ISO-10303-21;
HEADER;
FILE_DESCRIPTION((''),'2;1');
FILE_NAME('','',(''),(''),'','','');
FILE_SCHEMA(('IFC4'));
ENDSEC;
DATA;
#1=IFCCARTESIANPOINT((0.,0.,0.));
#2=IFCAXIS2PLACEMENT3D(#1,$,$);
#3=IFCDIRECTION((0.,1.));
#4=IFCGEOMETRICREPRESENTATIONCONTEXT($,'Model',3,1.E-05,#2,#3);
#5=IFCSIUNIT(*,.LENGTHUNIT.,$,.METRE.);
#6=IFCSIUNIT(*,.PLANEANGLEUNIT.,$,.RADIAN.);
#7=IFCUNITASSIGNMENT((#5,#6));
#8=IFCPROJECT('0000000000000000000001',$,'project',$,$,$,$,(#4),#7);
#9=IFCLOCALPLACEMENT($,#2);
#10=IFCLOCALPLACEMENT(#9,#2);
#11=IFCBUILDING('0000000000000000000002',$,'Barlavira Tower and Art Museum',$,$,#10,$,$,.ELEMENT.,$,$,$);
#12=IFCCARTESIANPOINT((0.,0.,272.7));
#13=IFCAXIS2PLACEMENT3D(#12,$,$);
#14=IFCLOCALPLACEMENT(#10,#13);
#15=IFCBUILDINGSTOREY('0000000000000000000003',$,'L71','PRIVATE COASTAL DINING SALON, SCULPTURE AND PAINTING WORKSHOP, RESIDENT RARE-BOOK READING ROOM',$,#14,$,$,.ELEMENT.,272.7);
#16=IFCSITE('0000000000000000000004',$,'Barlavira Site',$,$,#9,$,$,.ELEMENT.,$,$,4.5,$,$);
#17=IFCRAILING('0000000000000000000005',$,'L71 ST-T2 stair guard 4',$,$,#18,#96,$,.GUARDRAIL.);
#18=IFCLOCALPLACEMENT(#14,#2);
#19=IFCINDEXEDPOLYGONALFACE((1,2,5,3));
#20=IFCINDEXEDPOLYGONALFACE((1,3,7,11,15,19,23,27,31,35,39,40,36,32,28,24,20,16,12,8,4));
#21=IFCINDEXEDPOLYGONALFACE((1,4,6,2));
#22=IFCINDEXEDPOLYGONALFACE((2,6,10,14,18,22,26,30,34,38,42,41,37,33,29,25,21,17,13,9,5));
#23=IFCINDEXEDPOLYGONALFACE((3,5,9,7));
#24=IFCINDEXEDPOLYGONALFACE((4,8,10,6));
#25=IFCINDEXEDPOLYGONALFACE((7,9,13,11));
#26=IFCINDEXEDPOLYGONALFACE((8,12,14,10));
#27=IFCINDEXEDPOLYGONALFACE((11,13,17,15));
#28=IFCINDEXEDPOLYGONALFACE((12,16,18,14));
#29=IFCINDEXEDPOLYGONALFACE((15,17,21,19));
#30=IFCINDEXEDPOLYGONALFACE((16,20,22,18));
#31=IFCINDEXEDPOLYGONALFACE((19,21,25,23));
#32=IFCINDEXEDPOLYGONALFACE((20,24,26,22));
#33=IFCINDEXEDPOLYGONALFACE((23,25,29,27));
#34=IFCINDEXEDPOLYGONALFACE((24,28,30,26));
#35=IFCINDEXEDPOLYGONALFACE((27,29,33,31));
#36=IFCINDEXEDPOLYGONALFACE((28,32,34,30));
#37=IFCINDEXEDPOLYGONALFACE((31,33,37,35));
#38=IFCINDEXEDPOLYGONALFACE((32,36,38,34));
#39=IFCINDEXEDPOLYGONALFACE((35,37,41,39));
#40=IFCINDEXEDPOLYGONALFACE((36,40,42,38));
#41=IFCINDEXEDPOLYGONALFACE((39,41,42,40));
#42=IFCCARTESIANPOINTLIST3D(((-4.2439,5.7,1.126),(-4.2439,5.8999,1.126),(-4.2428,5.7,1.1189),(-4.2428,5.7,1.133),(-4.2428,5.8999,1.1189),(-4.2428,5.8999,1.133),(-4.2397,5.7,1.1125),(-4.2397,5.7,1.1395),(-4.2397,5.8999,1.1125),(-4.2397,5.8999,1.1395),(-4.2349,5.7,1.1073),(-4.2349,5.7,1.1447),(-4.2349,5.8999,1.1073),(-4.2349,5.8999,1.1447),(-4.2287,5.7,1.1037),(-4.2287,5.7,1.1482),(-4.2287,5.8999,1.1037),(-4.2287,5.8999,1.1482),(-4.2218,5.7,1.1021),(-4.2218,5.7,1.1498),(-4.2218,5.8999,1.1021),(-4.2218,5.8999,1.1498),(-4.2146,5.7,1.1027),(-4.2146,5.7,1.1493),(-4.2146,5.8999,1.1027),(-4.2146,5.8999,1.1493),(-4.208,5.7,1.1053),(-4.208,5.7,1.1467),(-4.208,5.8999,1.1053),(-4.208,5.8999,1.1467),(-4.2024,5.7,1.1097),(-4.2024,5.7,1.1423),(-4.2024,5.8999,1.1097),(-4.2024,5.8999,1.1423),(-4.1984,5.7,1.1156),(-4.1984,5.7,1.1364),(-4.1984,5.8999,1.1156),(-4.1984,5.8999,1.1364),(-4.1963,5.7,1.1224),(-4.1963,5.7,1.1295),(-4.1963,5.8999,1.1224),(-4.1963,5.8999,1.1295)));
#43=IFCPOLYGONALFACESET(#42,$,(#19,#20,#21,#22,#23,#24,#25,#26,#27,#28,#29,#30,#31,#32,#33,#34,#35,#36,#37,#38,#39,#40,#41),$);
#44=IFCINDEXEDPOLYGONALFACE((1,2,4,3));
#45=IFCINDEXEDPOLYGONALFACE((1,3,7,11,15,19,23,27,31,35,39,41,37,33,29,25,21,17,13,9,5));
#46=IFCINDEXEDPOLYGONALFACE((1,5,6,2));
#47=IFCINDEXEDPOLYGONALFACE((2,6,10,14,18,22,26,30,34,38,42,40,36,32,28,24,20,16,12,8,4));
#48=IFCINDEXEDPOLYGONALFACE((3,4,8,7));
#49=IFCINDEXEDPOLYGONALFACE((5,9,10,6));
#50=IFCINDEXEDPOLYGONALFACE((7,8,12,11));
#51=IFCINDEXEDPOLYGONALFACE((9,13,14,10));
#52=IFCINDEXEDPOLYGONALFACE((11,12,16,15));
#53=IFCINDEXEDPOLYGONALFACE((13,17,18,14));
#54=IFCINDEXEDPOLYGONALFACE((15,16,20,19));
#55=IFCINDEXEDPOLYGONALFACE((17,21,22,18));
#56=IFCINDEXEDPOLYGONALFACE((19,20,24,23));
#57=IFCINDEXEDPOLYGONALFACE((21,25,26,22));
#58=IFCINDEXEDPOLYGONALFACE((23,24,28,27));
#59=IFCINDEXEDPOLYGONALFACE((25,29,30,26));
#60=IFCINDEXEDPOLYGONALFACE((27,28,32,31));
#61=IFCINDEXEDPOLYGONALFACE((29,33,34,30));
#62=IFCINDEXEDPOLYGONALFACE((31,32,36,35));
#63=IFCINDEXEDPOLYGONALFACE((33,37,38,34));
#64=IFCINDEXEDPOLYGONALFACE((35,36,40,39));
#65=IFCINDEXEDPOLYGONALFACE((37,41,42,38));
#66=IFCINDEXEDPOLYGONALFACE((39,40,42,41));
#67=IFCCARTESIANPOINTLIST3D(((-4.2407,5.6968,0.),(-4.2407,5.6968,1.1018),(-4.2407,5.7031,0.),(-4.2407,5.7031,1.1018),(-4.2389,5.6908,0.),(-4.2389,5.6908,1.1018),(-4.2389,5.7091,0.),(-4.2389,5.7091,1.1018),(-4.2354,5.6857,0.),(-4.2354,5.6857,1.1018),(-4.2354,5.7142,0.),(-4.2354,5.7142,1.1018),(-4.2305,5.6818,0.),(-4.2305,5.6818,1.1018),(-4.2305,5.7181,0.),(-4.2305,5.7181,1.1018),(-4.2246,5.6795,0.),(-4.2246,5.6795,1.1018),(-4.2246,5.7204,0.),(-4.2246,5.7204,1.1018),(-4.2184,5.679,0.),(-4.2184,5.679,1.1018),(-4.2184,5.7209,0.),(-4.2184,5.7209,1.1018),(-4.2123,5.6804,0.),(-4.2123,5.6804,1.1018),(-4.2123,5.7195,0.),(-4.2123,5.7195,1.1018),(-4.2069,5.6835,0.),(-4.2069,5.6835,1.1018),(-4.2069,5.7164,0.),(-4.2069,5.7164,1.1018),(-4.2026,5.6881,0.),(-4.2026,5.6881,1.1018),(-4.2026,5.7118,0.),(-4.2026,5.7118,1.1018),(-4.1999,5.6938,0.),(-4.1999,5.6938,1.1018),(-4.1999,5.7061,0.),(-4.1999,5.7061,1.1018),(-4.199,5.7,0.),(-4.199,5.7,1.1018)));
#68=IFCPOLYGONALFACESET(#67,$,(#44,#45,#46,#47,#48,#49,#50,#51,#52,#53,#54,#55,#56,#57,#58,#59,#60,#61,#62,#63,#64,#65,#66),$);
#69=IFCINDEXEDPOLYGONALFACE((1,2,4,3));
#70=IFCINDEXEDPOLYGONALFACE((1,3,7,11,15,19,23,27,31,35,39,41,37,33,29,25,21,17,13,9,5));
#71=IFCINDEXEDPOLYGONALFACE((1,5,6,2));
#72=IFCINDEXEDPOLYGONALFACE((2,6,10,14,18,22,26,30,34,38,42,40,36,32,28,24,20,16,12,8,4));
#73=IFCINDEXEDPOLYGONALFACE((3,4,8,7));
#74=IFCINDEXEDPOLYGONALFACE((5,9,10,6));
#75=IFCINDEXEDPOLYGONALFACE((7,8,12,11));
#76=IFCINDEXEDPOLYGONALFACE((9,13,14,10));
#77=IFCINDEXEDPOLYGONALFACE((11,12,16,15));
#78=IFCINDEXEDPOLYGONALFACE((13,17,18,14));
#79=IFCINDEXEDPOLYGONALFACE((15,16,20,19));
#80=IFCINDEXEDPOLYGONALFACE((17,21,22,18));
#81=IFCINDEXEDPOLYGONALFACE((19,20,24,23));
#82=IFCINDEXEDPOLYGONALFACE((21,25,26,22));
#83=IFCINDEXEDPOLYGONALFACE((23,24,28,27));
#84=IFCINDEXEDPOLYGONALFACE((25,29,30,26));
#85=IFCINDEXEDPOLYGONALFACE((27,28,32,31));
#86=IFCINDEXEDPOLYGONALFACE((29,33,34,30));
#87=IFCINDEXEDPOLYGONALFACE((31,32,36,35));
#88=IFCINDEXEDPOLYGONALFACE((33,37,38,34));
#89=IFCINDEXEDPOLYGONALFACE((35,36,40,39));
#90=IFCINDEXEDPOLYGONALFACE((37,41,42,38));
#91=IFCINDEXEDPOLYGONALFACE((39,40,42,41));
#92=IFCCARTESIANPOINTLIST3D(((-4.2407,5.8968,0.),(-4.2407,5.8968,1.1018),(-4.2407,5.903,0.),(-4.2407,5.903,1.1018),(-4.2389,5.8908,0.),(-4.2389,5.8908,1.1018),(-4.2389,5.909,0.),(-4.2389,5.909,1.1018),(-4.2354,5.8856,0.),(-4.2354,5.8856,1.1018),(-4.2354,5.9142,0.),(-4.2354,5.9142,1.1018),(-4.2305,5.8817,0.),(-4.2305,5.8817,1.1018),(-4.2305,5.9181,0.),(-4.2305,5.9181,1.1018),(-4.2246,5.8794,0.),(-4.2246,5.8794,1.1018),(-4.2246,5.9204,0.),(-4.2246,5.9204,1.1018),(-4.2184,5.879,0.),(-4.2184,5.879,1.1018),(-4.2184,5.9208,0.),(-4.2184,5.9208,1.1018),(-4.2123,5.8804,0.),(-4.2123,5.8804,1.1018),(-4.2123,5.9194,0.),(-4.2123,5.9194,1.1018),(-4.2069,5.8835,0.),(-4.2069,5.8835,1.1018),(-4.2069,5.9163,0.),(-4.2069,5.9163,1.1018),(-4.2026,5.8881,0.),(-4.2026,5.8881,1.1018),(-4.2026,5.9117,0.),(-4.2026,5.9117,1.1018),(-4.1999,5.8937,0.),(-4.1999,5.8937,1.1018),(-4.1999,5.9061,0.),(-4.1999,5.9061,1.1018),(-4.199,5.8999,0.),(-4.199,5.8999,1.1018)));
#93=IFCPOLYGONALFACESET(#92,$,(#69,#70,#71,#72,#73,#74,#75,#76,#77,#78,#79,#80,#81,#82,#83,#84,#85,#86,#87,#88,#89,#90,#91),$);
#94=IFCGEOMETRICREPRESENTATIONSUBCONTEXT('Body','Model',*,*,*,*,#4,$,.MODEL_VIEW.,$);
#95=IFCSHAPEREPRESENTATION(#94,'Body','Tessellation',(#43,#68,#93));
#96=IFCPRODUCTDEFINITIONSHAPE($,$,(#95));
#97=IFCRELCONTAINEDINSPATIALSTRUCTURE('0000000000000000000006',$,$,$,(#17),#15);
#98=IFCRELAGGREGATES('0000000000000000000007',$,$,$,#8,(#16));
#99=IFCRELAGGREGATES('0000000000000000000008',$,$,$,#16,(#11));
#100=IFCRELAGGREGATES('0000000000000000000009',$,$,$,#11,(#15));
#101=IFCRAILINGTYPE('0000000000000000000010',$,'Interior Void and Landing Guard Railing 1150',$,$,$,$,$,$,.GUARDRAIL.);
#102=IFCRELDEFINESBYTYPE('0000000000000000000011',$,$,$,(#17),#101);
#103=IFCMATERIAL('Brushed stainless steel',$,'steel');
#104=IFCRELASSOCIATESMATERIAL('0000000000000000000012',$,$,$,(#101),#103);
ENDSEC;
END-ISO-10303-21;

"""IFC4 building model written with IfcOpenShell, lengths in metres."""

from ifc_helpers import new_model, si_unit, direction, frame, origin, origin_2d, place, context, subcontext, project, spatial, circle, extrude, material, type_object, element, save


model = new_model("IFC4")

# Units and contexts
model_context = context("Model", 3, precision=1e-05, world=origin(), true_north=direction((0.0, 1.0)))
body_context = subcontext(model_context, "Body", "Model", "MODEL_VIEW")
ifc_project = project(units=[si_unit("LENGTHUNIT", "METRE"), si_unit("PLANEANGLEUNIT", "RADIAN")], contexts=[model_context])

# Site, building, storey
site_placement = place(None, origin())
site = spatial("IfcSite", under=ifc_project, at=site_placement, Name="Barlavira Site", CompositionType="ELEMENT", RefElevation=4.5)
building_placement = place(site_placement, origin())
building = spatial("IfcBuilding", under=site, at=building_placement, Name="Barlavira Tower and Art Museum", CompositionType="ELEMENT")
storey_placement = place(building_placement, frame((0.0, 0.0, 272.7)))
storey = spatial("IfcBuildingStorey", under=building, at=storey_placement, Name="L71", Description="PRIVATE COASTAL DINING SALON, SCULPTURE AND PAINTING WORKSHOP, RESIDENT RARE-BOOK READING ROOM", CompositionType="ELEMENT", Elevation=272.7)

# Shared definitions
ifc_material_1 = material(Name="Brushed stainless steel", Category="steel")

# Railing
railing_type_1 = type_object("IfcRailingType", Name="Interior Void and Landing Guard Railing 1150", PredefinedType="GUARDRAIL", material=ifc_material_1)
railing_1_placement = place(storey_placement, frame((-4.22, 5.7, 0.0)))
element("IfcRailing", 1, at=railing_1_placement, inside=storey, type_object=railing_type_1, Name="L71 ST-T2 stair guard 4", PredefinedType="GUARDRAIL", context=body_context, shape_type="SweptSolid", body=[
    extrude(circle(Radius=0.0239, at=origin_2d()), frame((0.0, 0.0, 1.126), z_axis=(0.0, 1.0, 0.0), x_axis=(-1.0, 0.0, 0.0)), (0.0, 0.0, 1.0), 0.2),
    extrude(circle(Radius=0.021, at=origin_2d()), origin(), (0.0, 0.0, 1.0), 1.1018),
    extrude(circle(Radius=0.021, at=origin_2d()), frame((0.0, 0.2, 0.0)), (0.0, 0.0, 1.0), 1.1018),
])

save(model, "model.ifc")
